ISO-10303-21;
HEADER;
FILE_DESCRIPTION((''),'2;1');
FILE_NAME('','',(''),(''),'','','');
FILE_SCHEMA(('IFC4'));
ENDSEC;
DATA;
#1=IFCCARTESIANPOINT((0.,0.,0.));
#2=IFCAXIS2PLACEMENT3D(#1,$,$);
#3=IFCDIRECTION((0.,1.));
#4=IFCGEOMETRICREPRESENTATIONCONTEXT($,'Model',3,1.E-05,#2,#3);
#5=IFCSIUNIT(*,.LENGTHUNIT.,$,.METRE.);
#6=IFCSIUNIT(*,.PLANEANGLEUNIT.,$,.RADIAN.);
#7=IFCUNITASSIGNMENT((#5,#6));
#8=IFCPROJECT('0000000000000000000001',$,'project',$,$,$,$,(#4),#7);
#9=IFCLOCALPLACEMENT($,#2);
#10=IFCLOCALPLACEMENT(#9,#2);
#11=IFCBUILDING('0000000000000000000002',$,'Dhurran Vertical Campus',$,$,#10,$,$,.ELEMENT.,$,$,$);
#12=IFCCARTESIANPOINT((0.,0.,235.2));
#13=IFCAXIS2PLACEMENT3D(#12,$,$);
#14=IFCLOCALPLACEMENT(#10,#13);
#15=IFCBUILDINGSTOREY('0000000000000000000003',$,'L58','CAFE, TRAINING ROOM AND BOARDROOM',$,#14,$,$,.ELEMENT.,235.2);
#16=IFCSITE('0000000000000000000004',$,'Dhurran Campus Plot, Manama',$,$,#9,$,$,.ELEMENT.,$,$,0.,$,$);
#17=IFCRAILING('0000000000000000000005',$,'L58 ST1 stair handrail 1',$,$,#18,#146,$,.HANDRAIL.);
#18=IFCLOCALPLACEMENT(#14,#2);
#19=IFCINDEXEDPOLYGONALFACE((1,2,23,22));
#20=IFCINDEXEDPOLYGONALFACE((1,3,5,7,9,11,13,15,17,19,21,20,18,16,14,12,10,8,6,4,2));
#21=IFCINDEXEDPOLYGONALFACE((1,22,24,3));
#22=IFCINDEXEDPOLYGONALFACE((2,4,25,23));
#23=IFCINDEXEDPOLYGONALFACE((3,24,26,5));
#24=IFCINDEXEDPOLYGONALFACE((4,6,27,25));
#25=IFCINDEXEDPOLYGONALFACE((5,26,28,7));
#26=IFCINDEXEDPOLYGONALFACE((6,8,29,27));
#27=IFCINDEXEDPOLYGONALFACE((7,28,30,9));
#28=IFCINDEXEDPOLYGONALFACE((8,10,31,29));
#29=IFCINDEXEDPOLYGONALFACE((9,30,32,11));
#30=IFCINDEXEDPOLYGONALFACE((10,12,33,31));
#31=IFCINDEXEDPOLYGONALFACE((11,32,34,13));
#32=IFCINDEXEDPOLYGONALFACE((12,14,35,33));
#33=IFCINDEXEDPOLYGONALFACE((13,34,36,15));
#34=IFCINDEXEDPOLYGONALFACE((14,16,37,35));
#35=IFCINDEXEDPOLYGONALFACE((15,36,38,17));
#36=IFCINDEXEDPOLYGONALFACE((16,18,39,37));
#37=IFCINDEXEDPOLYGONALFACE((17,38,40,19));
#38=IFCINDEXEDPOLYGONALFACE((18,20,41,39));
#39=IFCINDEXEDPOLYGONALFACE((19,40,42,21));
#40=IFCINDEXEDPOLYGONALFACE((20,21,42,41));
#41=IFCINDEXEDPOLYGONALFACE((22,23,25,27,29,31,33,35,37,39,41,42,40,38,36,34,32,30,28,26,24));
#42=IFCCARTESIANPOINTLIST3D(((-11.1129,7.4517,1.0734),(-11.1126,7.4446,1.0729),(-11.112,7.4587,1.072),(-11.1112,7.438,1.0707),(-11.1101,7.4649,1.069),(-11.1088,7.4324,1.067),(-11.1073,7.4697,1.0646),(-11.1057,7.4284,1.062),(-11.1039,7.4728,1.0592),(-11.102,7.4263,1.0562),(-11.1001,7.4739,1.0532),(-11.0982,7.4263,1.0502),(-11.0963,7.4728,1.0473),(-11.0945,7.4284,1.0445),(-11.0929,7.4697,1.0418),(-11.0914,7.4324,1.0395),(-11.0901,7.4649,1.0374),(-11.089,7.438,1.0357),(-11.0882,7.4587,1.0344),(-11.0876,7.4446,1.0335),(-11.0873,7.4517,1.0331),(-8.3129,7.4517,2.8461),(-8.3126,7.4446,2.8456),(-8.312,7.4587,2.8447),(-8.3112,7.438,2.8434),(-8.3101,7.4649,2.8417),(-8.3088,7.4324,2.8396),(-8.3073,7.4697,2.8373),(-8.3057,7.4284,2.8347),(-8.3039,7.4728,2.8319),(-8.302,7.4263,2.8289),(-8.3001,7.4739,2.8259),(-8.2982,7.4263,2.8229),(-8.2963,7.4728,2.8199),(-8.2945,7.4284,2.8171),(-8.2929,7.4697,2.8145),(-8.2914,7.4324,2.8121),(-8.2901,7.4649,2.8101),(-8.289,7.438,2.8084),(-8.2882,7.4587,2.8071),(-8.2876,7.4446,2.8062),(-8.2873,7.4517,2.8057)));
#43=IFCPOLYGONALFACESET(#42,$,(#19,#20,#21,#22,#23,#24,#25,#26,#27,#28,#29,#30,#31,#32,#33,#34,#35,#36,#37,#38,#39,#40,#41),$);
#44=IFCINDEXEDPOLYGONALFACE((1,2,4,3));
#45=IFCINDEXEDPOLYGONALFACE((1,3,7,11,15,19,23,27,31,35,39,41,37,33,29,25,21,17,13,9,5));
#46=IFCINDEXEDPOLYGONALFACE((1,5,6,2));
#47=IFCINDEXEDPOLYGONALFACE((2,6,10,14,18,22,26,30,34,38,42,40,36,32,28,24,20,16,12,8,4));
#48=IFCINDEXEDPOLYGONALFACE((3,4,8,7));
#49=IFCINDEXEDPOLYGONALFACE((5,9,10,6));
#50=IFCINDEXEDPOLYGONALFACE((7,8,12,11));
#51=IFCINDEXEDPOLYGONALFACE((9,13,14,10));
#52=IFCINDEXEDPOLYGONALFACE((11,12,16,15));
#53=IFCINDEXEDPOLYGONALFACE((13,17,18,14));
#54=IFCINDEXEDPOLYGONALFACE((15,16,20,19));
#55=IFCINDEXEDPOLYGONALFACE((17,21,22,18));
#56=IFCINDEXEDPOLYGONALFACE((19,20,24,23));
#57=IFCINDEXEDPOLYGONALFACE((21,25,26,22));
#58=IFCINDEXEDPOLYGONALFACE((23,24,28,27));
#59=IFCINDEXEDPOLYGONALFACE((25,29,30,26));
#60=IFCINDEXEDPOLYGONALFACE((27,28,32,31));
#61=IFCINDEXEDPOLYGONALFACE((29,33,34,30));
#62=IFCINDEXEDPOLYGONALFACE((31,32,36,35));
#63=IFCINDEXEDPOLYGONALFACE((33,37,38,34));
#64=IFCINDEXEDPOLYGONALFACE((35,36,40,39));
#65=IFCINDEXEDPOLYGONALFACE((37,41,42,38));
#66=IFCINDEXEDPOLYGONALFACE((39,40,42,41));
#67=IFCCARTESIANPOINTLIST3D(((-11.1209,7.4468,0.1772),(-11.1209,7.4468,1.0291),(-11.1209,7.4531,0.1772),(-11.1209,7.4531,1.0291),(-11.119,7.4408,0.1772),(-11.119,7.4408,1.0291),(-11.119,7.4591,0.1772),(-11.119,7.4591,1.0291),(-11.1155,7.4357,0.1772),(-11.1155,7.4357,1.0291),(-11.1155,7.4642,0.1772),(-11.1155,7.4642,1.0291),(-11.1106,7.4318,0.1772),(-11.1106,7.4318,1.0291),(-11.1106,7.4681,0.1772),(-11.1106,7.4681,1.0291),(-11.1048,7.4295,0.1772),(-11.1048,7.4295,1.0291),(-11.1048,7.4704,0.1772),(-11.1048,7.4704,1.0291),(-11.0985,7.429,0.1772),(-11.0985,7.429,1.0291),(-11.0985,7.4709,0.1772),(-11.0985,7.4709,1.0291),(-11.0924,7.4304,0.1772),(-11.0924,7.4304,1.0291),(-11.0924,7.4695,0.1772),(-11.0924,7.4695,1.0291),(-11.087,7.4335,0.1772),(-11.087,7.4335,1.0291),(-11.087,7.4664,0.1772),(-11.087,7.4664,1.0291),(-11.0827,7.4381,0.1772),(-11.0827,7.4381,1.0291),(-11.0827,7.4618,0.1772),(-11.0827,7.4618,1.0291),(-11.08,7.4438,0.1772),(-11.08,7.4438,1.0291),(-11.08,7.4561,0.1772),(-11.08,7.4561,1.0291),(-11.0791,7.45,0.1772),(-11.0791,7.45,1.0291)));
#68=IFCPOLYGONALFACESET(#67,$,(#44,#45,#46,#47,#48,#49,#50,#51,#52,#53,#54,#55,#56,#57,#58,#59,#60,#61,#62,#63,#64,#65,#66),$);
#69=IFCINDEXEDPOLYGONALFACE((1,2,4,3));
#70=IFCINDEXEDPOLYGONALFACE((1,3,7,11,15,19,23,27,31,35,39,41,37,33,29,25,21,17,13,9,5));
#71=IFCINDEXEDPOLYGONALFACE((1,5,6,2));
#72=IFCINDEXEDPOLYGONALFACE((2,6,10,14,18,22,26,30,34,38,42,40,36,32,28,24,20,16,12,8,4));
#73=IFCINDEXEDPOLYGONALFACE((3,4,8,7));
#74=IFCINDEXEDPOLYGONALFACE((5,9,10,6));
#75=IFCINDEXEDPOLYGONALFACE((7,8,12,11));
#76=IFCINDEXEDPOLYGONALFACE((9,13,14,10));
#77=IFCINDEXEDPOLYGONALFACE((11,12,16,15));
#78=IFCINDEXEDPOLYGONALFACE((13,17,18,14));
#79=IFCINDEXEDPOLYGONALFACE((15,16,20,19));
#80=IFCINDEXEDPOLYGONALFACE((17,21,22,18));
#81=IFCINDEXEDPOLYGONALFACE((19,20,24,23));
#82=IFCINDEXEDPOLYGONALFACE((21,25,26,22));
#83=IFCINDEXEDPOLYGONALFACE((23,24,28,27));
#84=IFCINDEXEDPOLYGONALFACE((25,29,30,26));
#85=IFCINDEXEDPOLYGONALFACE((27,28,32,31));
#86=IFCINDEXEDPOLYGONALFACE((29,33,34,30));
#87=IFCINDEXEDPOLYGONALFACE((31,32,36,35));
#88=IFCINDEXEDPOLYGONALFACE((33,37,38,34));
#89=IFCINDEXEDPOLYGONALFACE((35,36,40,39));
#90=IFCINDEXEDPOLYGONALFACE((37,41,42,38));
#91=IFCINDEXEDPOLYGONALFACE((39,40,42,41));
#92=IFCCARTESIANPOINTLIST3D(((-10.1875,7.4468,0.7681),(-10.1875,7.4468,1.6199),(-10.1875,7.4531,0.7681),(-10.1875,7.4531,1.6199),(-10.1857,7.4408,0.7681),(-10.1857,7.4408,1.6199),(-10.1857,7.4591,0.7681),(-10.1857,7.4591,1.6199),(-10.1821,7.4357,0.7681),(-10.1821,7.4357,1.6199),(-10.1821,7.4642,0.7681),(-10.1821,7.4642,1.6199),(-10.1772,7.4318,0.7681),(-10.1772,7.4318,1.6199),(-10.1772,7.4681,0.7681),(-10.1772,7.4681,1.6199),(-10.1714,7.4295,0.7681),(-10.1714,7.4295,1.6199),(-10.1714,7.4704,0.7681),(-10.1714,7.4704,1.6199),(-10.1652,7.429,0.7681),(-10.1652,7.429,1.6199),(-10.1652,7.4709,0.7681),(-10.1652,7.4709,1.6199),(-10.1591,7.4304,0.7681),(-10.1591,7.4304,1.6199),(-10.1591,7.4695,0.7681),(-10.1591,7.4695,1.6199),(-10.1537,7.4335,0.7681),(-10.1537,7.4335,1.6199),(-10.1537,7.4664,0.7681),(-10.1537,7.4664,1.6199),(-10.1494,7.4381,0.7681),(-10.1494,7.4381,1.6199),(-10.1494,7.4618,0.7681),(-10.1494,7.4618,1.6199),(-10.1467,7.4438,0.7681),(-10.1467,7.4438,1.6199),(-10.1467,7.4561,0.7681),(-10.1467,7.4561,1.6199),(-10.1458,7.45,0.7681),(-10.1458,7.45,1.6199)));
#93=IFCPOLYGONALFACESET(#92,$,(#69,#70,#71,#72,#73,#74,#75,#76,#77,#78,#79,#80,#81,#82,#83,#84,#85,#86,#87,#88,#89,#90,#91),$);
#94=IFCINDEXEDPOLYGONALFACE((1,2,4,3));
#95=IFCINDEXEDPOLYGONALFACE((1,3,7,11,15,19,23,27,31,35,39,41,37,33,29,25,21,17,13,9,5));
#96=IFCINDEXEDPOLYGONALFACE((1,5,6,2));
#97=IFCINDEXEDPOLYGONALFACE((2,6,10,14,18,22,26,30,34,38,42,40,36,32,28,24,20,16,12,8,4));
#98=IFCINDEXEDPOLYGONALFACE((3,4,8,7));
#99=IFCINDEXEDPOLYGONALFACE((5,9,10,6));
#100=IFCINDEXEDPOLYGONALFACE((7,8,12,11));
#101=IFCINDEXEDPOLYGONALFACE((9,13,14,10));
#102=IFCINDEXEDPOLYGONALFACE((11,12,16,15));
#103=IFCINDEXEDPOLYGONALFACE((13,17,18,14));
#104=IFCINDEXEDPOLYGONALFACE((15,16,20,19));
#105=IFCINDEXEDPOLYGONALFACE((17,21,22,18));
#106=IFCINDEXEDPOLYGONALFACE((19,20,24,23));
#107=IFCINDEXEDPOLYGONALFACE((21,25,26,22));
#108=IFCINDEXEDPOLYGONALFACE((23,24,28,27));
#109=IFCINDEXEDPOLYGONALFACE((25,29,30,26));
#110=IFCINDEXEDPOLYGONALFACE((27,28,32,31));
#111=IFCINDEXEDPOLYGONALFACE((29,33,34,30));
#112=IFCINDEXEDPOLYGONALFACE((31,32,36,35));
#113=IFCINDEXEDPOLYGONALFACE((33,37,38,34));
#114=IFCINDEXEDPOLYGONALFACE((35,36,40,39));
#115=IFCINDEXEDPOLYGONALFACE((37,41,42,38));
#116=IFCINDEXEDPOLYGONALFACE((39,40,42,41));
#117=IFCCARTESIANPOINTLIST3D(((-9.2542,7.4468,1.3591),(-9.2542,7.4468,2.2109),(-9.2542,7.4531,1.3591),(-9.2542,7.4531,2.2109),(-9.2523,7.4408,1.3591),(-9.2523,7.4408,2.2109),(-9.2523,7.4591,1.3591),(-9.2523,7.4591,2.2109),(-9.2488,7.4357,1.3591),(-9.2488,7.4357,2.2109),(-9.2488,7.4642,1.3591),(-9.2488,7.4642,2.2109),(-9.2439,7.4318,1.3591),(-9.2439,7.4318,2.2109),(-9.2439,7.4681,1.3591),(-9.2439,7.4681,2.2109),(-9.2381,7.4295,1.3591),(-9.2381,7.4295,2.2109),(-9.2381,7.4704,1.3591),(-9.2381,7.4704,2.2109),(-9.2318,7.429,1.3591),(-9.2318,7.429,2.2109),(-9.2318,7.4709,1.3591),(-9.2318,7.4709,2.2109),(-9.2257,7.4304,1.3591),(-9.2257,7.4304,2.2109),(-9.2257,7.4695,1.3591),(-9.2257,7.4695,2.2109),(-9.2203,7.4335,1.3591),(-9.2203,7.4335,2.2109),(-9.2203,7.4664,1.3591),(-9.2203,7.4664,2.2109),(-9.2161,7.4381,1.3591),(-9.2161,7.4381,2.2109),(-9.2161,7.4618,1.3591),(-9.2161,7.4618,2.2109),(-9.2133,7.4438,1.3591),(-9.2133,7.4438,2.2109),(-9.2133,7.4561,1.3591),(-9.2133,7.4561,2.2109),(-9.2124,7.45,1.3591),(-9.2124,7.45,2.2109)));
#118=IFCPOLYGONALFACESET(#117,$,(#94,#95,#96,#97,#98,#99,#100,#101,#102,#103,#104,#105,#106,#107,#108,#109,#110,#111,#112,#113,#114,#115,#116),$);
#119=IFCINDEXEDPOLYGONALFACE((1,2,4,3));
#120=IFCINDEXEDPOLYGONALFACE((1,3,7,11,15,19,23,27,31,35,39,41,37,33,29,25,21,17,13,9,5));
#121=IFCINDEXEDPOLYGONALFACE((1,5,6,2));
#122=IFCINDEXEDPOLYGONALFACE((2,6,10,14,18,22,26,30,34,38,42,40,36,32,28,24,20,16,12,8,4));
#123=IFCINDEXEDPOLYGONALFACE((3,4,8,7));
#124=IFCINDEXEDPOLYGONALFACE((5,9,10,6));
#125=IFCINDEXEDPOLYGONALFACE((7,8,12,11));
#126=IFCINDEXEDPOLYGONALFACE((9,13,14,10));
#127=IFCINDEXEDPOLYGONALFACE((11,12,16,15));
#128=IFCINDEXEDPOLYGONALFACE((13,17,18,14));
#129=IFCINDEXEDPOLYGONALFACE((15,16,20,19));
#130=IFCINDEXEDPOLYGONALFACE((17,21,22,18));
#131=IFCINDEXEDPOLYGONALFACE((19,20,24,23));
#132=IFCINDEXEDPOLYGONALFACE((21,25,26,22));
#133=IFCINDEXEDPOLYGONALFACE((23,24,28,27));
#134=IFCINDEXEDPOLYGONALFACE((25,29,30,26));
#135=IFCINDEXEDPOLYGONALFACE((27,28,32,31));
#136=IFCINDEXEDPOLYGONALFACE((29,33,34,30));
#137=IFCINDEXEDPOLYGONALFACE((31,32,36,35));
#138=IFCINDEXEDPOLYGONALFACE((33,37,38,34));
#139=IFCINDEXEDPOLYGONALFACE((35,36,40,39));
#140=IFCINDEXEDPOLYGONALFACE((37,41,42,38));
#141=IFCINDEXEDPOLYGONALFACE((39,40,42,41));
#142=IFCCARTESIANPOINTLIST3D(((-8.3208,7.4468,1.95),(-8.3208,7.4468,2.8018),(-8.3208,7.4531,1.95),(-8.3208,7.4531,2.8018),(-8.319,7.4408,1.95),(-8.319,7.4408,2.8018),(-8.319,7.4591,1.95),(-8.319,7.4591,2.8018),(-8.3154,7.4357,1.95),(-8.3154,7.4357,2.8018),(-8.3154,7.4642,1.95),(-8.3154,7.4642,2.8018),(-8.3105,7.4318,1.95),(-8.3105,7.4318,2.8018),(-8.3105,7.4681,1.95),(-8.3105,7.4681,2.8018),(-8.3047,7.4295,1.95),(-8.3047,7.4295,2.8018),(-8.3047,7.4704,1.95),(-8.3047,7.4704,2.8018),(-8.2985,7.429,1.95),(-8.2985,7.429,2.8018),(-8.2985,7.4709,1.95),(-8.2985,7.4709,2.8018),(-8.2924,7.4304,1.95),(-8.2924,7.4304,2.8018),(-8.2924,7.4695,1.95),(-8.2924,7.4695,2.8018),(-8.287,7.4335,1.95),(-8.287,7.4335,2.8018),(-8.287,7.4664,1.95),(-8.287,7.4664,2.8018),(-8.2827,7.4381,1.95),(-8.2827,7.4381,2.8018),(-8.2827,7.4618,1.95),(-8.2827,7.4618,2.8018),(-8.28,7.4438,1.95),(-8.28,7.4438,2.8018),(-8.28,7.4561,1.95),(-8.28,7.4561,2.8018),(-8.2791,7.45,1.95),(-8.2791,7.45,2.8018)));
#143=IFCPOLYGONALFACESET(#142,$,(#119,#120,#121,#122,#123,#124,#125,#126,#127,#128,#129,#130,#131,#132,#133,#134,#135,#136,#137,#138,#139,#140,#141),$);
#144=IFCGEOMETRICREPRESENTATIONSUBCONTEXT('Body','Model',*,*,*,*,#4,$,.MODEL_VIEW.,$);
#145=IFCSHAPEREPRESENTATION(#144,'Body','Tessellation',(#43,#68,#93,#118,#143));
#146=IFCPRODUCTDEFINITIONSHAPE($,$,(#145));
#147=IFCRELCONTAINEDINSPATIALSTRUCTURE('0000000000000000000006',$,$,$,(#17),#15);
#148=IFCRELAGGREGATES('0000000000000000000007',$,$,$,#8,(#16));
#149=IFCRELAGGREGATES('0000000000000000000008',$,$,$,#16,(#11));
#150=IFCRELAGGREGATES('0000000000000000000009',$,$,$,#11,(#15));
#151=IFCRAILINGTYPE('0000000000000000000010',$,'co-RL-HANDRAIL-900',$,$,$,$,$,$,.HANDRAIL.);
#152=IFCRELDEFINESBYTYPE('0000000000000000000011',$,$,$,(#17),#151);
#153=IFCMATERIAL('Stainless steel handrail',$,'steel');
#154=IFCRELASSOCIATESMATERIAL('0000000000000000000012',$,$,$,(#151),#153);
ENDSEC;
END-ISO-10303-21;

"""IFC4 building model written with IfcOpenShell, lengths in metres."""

from ifc_helpers import new_model, si_unit, direction, frame, origin, origin_2d, place, context, subcontext, project, spatial, circle, extrude, material, type_object, element, save


model = new_model("IFC4")

# Units and contexts
model_context = context("Model", 3, precision=1e-05, world=origin(), true_north=direction((0.0, 1.0)))
body_context = subcontext(model_context, "Body", "Model", "MODEL_VIEW")
ifc_project = project(units=[si_unit("LENGTHUNIT", "METRE"), si_unit("PLANEANGLEUNIT", "RADIAN")], contexts=[model_context])

# Site, building, storey
site_placement = place(None, origin())
site = spatial("IfcSite", under=ifc_project, at=site_placement, Name="Dhurran Campus Plot, Manama", CompositionType="ELEMENT", RefElevation=0.0)
building_placement = place(site_placement, origin())
building = spatial("IfcBuilding", under=site, at=building_placement, Name="Dhurran Vertical Campus", CompositionType="ELEMENT")
storey_placement = place(building_placement, frame((0.0, 0.0, 235.2)))
storey = spatial("IfcBuildingStorey", under=building, at=storey_placement, Name="L58", Description="CAFE, TRAINING ROOM AND BOARDROOM", CompositionType="ELEMENT", Elevation=235.2)

# Railing
ifc_material_1 = material(Name="Stainless steel handrail", Category="steel")
railing_type_1 = type_object("IfcRailingType", Name="co-RL-HANDRAIL-900", PredefinedType="HANDRAIL", material=ifc_material_1)
railing_1_placement = place(storey_placement, frame((-11.1001, 7.45, 0.1772)))
element("IfcRailing", 1, at=railing_1_placement, inside=storey, type_object=railing_type_1, Name="L58 ST1 stair handrail 1", PredefinedType="HANDRAIL", context=body_context, shape_type="SweptSolid", body=[
    extrude(circle(Radius=0.0239, at=origin_2d()), frame((0.0, 0.0, 0.876), z_axis=(0.844909, 0.0, 0.53491), x_axis=(0.0, 1.0, 0.0)), (0.0, 0.0, 1.0), 3.314),
    extrude(circle(Radius=0.021, at=origin_2d()), origin(), (0.0, 0.0, 1.0), 0.8518),
    extrude(circle(Radius=0.021, at=origin_2d()), frame((0.9333, 0.0, 0.5908)), (0.0, 0.0, 1.0), 0.8518),
    extrude(circle(Radius=0.021, at=origin_2d()), frame((1.8667, 0.0, 1.1819)), (0.0, 0.0, 1.0), 0.8518),
    extrude(circle(Radius=0.021, at=origin_2d()), frame((2.8, 0.0, 1.7727)), (0.0, 0.0, 1.0), 0.8518),
])

save(model, "model.ifc")
